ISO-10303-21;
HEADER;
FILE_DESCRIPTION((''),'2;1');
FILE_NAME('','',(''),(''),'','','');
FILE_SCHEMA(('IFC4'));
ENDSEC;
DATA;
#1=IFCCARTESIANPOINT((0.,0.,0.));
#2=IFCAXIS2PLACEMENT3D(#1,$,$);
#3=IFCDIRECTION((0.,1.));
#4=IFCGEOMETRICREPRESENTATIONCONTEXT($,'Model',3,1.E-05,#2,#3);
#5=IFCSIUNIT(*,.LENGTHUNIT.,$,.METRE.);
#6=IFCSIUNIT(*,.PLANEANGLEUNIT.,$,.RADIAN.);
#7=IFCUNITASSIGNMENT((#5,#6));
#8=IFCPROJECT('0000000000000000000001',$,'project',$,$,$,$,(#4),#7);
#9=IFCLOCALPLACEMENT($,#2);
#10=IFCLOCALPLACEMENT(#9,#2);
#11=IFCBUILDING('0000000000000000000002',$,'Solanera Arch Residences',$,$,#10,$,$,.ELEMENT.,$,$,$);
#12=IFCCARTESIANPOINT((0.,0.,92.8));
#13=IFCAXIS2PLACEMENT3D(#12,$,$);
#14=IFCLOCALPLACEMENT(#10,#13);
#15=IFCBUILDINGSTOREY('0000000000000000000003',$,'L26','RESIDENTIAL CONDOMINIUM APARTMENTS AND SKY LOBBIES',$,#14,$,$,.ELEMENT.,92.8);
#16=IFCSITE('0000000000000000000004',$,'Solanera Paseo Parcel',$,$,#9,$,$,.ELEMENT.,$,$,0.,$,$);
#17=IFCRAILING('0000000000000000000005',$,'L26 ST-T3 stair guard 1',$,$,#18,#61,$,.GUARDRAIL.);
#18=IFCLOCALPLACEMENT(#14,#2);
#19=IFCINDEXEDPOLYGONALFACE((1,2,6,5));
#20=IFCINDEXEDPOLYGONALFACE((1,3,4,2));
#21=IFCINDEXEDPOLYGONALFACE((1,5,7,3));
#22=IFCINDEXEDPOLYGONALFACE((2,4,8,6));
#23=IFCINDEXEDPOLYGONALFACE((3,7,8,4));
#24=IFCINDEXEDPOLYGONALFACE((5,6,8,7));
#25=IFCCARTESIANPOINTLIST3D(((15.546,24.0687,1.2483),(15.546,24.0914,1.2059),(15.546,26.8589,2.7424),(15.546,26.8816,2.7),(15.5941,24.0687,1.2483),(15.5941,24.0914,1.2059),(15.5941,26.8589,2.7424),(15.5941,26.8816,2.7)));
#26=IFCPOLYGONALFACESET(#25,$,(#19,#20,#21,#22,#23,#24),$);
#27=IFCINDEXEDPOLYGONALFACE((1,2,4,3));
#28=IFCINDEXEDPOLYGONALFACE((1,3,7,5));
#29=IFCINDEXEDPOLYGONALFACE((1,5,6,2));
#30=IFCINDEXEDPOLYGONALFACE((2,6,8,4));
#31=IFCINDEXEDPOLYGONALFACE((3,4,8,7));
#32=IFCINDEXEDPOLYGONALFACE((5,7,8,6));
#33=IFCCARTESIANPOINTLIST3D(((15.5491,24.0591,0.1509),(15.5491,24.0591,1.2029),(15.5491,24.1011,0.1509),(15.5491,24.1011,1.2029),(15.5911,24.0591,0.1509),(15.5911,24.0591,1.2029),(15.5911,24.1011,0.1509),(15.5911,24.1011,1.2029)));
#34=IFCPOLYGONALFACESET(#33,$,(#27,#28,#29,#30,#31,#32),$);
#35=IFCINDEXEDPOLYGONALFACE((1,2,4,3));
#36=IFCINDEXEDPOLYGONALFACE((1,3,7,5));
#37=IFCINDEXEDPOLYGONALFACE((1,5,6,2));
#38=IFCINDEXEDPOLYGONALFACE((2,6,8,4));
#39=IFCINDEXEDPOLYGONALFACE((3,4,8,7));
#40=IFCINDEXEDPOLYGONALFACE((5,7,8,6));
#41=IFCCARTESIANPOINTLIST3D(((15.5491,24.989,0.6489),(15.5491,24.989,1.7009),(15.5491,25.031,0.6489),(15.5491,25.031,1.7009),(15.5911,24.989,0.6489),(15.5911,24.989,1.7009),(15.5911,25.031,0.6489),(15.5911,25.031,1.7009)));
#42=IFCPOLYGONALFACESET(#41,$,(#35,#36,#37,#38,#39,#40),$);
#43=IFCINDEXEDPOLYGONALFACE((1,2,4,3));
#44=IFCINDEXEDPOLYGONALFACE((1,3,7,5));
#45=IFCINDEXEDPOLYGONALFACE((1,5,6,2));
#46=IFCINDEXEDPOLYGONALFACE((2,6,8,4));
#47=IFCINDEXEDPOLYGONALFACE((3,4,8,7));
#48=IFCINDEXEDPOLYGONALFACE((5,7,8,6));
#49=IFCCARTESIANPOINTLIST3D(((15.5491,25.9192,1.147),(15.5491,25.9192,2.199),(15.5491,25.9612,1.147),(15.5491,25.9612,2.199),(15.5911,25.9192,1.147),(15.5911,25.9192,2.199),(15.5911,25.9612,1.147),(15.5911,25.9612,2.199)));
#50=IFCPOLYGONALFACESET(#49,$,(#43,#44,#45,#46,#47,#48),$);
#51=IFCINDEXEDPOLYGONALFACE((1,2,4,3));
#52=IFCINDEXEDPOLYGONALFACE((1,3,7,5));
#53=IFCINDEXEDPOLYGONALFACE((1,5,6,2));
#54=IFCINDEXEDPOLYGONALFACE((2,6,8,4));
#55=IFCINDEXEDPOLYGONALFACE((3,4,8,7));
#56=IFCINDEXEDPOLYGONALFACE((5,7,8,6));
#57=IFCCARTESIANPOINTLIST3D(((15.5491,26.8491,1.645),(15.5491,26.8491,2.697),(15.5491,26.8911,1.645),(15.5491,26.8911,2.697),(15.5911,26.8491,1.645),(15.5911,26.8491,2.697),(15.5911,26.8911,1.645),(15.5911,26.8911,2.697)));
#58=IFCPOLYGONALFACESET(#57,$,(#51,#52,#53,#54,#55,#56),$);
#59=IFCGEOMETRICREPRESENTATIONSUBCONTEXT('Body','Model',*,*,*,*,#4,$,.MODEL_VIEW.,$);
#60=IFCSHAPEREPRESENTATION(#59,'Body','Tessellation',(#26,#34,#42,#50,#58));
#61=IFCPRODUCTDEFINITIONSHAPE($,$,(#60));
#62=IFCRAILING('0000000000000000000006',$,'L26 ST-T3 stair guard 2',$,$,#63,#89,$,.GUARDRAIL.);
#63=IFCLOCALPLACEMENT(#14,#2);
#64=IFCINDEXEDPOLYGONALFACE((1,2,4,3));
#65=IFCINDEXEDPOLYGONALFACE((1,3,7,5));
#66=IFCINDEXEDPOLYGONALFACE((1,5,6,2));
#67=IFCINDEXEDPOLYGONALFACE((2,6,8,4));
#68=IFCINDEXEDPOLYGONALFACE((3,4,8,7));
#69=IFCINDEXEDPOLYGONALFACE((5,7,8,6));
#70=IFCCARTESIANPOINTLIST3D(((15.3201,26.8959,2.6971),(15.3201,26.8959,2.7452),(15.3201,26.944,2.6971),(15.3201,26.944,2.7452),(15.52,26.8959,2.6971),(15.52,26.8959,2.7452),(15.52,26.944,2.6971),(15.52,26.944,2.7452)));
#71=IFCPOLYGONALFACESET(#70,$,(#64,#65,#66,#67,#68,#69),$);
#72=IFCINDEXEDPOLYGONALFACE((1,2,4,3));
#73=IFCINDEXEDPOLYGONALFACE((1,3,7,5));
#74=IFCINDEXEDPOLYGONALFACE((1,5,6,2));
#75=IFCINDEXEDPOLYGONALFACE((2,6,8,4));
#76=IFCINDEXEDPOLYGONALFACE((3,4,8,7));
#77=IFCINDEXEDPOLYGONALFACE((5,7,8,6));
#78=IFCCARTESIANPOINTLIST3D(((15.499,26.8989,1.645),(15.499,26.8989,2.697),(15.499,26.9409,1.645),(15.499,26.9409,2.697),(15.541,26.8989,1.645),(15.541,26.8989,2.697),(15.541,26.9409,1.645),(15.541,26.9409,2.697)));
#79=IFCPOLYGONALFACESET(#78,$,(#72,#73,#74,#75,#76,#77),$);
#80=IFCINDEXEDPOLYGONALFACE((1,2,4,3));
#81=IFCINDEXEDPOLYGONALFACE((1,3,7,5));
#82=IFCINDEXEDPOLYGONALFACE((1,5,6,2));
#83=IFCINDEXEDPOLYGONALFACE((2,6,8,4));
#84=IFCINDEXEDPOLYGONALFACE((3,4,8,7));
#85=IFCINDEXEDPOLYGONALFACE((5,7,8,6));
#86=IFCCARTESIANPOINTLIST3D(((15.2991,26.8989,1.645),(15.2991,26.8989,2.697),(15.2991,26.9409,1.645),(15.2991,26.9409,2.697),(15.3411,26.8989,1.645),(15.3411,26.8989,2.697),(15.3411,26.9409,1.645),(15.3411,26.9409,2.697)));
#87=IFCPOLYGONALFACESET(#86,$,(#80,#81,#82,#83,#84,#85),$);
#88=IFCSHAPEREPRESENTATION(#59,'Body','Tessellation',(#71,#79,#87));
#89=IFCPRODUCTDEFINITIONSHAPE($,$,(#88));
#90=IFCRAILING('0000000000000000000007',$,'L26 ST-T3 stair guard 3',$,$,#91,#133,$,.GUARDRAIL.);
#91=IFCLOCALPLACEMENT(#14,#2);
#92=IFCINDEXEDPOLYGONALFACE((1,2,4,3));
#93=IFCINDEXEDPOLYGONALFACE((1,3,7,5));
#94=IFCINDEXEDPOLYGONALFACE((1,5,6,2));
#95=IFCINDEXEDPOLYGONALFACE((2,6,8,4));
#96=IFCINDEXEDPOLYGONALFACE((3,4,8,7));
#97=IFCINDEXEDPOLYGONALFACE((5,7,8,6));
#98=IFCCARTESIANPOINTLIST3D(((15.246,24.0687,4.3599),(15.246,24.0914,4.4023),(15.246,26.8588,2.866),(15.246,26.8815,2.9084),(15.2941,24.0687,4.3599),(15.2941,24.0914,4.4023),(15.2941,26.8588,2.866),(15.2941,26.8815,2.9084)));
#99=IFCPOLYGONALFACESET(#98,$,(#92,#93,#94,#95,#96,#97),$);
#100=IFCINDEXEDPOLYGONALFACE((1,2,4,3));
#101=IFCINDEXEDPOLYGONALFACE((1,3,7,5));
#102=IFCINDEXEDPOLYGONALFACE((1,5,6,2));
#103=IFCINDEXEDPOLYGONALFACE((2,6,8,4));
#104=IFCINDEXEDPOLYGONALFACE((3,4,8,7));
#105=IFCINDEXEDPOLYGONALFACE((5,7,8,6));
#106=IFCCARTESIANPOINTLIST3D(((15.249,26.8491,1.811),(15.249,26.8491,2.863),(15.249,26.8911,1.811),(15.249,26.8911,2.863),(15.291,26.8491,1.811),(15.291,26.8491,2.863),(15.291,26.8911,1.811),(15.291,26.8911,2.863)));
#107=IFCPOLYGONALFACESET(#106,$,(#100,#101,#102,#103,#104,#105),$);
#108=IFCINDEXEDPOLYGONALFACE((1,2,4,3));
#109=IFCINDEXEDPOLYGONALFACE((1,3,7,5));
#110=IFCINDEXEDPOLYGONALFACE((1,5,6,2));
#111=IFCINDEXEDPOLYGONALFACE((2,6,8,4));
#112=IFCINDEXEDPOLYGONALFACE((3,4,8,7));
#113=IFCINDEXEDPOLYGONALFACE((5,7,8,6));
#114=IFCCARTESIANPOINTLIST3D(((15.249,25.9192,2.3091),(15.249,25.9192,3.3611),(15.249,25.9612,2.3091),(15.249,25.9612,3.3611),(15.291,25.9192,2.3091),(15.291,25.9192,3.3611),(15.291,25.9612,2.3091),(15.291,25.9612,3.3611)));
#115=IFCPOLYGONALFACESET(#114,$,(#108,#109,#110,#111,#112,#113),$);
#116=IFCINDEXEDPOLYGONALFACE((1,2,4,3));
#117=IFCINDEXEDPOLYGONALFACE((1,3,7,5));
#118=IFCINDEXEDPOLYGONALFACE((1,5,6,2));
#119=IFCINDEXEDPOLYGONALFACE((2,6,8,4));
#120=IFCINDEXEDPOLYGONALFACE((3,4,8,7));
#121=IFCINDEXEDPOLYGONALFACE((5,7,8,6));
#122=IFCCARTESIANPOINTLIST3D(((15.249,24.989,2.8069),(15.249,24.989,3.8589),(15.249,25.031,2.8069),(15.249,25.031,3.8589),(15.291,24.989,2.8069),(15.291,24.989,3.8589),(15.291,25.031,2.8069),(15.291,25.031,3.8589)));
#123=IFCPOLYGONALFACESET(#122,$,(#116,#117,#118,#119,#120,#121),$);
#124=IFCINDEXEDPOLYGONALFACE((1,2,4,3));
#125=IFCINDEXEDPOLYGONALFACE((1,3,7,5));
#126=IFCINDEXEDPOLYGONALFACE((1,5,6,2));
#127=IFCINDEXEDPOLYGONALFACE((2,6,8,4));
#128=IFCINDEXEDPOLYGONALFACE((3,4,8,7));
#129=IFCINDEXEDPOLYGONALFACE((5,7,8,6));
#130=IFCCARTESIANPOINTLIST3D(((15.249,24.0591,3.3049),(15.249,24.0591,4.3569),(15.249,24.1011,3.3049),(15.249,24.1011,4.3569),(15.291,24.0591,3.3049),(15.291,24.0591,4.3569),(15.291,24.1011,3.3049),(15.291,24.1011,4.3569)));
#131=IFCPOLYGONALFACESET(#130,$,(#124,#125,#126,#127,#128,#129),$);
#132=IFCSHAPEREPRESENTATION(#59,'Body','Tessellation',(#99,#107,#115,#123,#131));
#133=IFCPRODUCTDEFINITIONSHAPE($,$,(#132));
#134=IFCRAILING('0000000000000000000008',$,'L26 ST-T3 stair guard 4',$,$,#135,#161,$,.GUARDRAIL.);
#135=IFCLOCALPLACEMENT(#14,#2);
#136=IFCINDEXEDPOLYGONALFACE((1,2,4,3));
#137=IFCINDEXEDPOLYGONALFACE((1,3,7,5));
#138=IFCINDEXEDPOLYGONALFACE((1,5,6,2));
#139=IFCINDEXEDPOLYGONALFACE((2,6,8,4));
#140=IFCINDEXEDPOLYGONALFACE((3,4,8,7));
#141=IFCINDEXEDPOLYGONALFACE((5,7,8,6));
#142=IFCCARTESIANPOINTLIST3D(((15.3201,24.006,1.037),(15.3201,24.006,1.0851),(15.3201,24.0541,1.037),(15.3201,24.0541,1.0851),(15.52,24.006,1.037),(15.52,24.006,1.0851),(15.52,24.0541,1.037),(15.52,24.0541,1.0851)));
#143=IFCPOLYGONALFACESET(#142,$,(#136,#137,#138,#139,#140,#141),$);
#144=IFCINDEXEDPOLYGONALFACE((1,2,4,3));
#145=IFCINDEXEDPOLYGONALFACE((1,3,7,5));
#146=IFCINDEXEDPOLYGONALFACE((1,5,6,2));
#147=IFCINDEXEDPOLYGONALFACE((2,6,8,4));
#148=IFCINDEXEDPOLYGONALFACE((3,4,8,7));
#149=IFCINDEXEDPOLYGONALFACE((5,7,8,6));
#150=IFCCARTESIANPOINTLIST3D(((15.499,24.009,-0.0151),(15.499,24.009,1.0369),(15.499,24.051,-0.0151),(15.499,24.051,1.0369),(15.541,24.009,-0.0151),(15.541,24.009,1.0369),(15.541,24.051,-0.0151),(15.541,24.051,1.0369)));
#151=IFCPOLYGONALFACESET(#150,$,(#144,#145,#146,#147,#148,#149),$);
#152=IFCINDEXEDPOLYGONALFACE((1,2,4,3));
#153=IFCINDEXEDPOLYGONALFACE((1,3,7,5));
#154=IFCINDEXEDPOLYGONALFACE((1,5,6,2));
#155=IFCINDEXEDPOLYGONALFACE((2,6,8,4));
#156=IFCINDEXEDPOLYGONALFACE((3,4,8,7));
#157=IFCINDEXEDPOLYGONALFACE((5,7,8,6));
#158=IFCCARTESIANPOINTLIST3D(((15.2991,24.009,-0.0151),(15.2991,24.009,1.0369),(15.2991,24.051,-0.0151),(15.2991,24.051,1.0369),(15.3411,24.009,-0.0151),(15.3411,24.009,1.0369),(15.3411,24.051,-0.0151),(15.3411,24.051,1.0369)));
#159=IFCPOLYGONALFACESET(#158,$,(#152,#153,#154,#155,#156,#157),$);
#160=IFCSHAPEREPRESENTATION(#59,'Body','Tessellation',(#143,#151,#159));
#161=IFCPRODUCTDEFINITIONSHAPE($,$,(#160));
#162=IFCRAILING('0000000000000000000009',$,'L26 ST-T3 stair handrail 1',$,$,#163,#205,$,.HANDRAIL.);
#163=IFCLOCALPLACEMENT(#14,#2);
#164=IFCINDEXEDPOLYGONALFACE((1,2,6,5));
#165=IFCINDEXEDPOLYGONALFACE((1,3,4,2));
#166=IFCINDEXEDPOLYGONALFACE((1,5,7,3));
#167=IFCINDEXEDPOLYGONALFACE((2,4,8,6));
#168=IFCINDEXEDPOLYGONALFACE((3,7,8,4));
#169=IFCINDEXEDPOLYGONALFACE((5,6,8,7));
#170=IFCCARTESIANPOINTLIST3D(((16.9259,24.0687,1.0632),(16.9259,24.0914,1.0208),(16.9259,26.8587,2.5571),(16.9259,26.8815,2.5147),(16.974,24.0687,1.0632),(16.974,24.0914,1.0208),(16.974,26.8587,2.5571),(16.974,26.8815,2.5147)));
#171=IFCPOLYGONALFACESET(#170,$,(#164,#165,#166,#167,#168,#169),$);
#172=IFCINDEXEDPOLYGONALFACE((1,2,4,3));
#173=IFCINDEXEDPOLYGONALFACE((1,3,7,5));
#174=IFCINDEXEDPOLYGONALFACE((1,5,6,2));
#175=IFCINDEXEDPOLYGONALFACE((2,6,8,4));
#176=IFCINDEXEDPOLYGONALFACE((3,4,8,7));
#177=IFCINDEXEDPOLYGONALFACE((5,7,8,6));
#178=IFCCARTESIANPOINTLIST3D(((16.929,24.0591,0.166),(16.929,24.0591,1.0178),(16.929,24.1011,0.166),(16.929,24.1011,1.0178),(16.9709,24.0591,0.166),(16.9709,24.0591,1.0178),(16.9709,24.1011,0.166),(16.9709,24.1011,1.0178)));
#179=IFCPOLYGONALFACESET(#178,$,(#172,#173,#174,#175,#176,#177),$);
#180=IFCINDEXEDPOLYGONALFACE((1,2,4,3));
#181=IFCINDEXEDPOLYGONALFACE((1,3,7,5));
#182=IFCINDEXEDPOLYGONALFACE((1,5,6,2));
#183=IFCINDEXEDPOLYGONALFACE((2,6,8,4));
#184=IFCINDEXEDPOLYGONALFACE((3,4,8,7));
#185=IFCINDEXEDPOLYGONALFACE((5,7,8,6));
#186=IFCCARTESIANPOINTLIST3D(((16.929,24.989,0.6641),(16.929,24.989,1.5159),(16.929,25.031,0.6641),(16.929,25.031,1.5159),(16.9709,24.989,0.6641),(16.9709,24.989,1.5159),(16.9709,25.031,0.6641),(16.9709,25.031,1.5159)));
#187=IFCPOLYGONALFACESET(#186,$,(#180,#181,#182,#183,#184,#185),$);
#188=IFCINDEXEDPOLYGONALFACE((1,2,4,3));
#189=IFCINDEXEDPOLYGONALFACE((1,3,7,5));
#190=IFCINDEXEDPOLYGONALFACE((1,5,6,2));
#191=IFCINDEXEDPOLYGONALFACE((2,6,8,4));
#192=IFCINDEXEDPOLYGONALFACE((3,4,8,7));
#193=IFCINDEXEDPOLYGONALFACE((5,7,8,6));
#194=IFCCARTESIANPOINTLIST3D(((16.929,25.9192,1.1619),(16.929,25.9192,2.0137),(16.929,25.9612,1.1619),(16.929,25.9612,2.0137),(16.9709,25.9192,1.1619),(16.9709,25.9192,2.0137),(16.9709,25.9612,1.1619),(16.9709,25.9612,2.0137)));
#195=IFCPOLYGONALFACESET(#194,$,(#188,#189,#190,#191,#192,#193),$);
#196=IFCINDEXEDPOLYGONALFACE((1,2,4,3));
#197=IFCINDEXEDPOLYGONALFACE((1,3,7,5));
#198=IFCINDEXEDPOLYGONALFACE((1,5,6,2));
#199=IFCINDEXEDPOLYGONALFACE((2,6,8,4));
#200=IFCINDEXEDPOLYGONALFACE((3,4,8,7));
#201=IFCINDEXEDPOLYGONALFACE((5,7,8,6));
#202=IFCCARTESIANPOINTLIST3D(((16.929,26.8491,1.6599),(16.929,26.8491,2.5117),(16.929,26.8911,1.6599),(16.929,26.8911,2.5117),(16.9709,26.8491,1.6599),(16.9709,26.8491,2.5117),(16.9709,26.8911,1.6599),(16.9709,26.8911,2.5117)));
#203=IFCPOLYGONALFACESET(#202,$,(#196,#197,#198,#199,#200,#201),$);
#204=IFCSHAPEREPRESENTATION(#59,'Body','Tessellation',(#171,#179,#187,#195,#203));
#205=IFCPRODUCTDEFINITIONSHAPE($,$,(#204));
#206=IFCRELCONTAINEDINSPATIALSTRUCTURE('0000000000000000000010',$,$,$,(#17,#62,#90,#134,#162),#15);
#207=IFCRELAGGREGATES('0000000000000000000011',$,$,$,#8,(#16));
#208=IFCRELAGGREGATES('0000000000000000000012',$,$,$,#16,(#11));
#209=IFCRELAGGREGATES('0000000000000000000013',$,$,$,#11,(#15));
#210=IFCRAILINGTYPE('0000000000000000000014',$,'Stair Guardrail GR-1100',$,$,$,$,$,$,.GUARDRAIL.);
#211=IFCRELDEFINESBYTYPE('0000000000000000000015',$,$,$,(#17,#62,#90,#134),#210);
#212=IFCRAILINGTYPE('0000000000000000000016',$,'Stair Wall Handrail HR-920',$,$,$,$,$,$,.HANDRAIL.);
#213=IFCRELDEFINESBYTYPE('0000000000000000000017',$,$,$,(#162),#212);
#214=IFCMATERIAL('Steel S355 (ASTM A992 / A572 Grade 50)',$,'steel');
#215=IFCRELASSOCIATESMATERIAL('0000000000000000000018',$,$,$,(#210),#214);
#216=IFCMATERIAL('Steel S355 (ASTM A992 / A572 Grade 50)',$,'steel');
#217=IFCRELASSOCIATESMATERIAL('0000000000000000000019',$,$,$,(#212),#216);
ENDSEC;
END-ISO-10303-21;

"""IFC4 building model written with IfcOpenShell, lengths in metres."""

from ifc_helpers import new_model, si_unit, direction, frame, origin, origin_2d, place, context, subcontext, project, spatial, rectangle, extrude, material, type_object, element, save


model = new_model("IFC4")

# Units and contexts
model_context = context("Model", 3, precision=1e-05, world=origin(), true_north=direction((0.0, 1.0)))
body_context = subcontext(model_context, "Body", "Model", "MODEL_VIEW")
ifc_project = project(units=[si_unit("LENGTHUNIT", "METRE"), si_unit("PLANEANGLEUNIT", "RADIAN")], contexts=[model_context])

# Site, building, storey
site_placement = place(None, origin())
site = spatial("IfcSite", under=ifc_project, at=site_placement, Name="Solanera Paseo Parcel", CompositionType="ELEMENT", RefElevation=0.0)
building_placement = place(site_placement, origin())
building = spatial("IfcBuilding", under=site, at=building_placement, Name="Solanera Arch Residences", CompositionType="ELEMENT")
storey_placement = place(building_placement, frame((0.0, 0.0, 92.8)))
storey = spatial("IfcBuildingStorey", under=building, at=storey_placement, Name="L26", Description="RESIDENTIAL CONDOMINIUM APARTMENTS AND SKY LOBBIES", CompositionType="ELEMENT", Elevation=92.8)

# Railings
ifc_material_1 = material(Name="Steel S355 (ASTM A992 / A572 Grade 50)", Category="steel")
railing_type_1 = type_object("IfcRailingType", Name="Stair Guardrail GR-1100", PredefinedType="GUARDRAIL", material=ifc_material_1)
railing_1_placement = place(storey_placement, frame((15.5701, 24.0801, 0.1509)))
element("IfcRailing", 1, at=railing_1_placement, inside=storey, type_object=railing_type_1, Name="L26 ST-T3 stair guard 1", PredefinedType="GUARDRAIL", context=body_context, shape_type="SweptSolid", body=[
    extrude(rectangle(XDim=0.0481, YDim=0.0481, at=origin_2d()), frame((0.0, 0.0, 1.0762), z_axis=(0.0, 0.881549, 0.472093), x_axis=(-1.0, 0.0, 0.0)), (0.0, 0.0, 1.0), 3.165),
    extrude(rectangle(XDim=0.042, YDim=0.042, at=origin_2d()), origin(), (0.0, 0.0, 1.0), 1.052),
    extrude(rectangle(XDim=0.042, YDim=0.042, at=origin_2d()), frame((0.0, 0.9299, 0.498)), (0.0, 0.0, 1.0), 1.052),
    extrude(rectangle(XDim=0.042, YDim=0.042, at=origin_2d()), frame((0.0, 1.8601, 0.9961)), (0.0, 0.0, 1.0), 1.052),
    extrude(rectangle(XDim=0.042, YDim=0.042, at=origin_2d()), frame((0.0, 2.79, 1.4941)), (0.0, 0.0, 1.0), 1.052),
])
railing_2_placement = place(storey_placement, frame((15.52, 26.9199, 1.645)))
element("IfcRailing", 2, at=railing_2_placement, inside=storey, type_object=railing_type_1, Name="L26 ST-T3 stair guard 2", PredefinedType="GUARDRAIL", context=body_context, shape_type="SweptSolid", body=[
    extrude(rectangle(XDim=0.0481, YDim=0.0481, at=origin_2d()), frame((0.0, 0.0, 1.0762), z_axis=(-1.0, 0.0, 0.0), x_axis=(0.0, -1.0, 0.0)), (0.0, 0.0, 1.0), 0.2),
    extrude(rectangle(XDim=0.042, YDim=0.042, at=origin_2d()), origin(), (0.0, 0.0, 1.0), 1.052),
    extrude(rectangle(XDim=0.042, YDim=0.042, at=origin_2d()), frame((-0.2, 0.0, 0.0)), (0.0, 0.0, 1.0), 1.052),
])
railing_3_placement = place(storey_placement, frame((15.27, 26.8701, 1.811)))
element("IfcRailing", 3, at=railing_3_placement, inside=storey, type_object=railing_type_1, Name="L26 ST-T3 stair guard 3", PredefinedType="GUARDRAIL", context=body_context, shape_type="SweptSolid", body=[
    extrude(rectangle(XDim=0.0481, YDim=0.0481, at=origin_2d()), frame((0.0, 0.0, 1.0762), z_axis=(0.0, -0.881581, 0.472033), x_axis=(1.0, 0.0, 0.0)), (0.0, 0.0, 1.0), 3.1648),
    extrude(rectangle(XDim=0.042, YDim=0.042, at=origin_2d()), origin(), (0.0, 0.0, 1.0), 1.052),
    extrude(rectangle(XDim=0.042, YDim=0.042, at=origin_2d()), frame((0.0, -0.9299, 0.498)), (0.0, 0.0, 1.0), 1.052),
    extrude(rectangle(XDim=0.042, YDim=0.042, at=origin_2d()), frame((0.0, -1.8601, 0.9958)), (0.0, 0.0, 1.0), 1.052),
    extrude(rectangle(XDim=0.042, YDim=0.042, at=origin_2d()), frame((0.0, -2.79, 1.4939)), (0.0, 0.0, 1.0), 1.052),
])
railing_4_placement = place(storey_placement, frame((15.52, 24.03, -0.0151)))
element("IfcRailing", 4, at=railing_4_placement, inside=storey, type_object=railing_type_1, Name="L26 ST-T3 stair guard 4", PredefinedType="GUARDRAIL", context=body_context, shape_type="SweptSolid", body=[
    extrude(rectangle(XDim=0.0481, YDim=0.0481, at=origin_2d()), frame((0.0, 0.0, 1.0762), z_axis=(-1.0, 0.0, 0.0), x_axis=(0.0, -1.0, 0.0)), (0.0, 0.0, 1.0), 0.2),
    extrude(rectangle(XDim=0.042, YDim=0.042, at=origin_2d()), origin(), (0.0, 0.0, 1.0), 1.052),
    extrude(rectangle(XDim=0.042, YDim=0.042, at=origin_2d()), frame((-0.2, 0.0, 0.0)), (0.0, 0.0, 1.0), 1.052),
])
ifc_material_2 = material(Name="Steel S355 (ASTM A992 / A572 Grade 50)", Category="steel")
railing_type_2 = type_object("IfcRailingType", Name="Stair Wall Handrail HR-920", PredefinedType="HANDRAIL", material=ifc_material_2)
railing_5_placement = place(storey_placement, frame((16.95, 24.0801, 0.166)))
element("IfcRailing", 5, at=railing_5_placement, inside=storey, type_object=railing_type_2, Name="L26 ST-T3 stair handrail 1", PredefinedType="HANDRAIL", context=body_context, shape_type="SweptSolid", body=[
    extrude(rectangle(XDim=0.0481, YDim=0.0481, at=origin_2d()), frame((0.0, 0.0, 0.876), z_axis=(0.0, 0.881581, 0.472033), x_axis=(-1.0, 0.0, 0.0)), (0.0, 0.0, 1.0), 3.1648),
    extrude(rectangle(XDim=0.042, YDim=0.042, at=origin_2d()), origin(), (0.0, 0.0, 1.0), 0.8518),
    extrude(rectangle(XDim=0.042, YDim=0.042, at=origin_2d()), frame((0.0, 0.9299, 0.498)), (0.0, 0.0, 1.0), 0.8518),
    extrude(rectangle(XDim=0.042, YDim=0.042, at=origin_2d()), frame((0.0, 1.8601, 0.9958)), (0.0, 0.0, 1.0), 0.8518),
    extrude(rectangle(XDim=0.042, YDim=0.042, at=origin_2d()), frame((0.0, 2.79, 1.4939)), (0.0, 0.0, 1.0), 0.8518),
])

save(model, "model.ifc")
